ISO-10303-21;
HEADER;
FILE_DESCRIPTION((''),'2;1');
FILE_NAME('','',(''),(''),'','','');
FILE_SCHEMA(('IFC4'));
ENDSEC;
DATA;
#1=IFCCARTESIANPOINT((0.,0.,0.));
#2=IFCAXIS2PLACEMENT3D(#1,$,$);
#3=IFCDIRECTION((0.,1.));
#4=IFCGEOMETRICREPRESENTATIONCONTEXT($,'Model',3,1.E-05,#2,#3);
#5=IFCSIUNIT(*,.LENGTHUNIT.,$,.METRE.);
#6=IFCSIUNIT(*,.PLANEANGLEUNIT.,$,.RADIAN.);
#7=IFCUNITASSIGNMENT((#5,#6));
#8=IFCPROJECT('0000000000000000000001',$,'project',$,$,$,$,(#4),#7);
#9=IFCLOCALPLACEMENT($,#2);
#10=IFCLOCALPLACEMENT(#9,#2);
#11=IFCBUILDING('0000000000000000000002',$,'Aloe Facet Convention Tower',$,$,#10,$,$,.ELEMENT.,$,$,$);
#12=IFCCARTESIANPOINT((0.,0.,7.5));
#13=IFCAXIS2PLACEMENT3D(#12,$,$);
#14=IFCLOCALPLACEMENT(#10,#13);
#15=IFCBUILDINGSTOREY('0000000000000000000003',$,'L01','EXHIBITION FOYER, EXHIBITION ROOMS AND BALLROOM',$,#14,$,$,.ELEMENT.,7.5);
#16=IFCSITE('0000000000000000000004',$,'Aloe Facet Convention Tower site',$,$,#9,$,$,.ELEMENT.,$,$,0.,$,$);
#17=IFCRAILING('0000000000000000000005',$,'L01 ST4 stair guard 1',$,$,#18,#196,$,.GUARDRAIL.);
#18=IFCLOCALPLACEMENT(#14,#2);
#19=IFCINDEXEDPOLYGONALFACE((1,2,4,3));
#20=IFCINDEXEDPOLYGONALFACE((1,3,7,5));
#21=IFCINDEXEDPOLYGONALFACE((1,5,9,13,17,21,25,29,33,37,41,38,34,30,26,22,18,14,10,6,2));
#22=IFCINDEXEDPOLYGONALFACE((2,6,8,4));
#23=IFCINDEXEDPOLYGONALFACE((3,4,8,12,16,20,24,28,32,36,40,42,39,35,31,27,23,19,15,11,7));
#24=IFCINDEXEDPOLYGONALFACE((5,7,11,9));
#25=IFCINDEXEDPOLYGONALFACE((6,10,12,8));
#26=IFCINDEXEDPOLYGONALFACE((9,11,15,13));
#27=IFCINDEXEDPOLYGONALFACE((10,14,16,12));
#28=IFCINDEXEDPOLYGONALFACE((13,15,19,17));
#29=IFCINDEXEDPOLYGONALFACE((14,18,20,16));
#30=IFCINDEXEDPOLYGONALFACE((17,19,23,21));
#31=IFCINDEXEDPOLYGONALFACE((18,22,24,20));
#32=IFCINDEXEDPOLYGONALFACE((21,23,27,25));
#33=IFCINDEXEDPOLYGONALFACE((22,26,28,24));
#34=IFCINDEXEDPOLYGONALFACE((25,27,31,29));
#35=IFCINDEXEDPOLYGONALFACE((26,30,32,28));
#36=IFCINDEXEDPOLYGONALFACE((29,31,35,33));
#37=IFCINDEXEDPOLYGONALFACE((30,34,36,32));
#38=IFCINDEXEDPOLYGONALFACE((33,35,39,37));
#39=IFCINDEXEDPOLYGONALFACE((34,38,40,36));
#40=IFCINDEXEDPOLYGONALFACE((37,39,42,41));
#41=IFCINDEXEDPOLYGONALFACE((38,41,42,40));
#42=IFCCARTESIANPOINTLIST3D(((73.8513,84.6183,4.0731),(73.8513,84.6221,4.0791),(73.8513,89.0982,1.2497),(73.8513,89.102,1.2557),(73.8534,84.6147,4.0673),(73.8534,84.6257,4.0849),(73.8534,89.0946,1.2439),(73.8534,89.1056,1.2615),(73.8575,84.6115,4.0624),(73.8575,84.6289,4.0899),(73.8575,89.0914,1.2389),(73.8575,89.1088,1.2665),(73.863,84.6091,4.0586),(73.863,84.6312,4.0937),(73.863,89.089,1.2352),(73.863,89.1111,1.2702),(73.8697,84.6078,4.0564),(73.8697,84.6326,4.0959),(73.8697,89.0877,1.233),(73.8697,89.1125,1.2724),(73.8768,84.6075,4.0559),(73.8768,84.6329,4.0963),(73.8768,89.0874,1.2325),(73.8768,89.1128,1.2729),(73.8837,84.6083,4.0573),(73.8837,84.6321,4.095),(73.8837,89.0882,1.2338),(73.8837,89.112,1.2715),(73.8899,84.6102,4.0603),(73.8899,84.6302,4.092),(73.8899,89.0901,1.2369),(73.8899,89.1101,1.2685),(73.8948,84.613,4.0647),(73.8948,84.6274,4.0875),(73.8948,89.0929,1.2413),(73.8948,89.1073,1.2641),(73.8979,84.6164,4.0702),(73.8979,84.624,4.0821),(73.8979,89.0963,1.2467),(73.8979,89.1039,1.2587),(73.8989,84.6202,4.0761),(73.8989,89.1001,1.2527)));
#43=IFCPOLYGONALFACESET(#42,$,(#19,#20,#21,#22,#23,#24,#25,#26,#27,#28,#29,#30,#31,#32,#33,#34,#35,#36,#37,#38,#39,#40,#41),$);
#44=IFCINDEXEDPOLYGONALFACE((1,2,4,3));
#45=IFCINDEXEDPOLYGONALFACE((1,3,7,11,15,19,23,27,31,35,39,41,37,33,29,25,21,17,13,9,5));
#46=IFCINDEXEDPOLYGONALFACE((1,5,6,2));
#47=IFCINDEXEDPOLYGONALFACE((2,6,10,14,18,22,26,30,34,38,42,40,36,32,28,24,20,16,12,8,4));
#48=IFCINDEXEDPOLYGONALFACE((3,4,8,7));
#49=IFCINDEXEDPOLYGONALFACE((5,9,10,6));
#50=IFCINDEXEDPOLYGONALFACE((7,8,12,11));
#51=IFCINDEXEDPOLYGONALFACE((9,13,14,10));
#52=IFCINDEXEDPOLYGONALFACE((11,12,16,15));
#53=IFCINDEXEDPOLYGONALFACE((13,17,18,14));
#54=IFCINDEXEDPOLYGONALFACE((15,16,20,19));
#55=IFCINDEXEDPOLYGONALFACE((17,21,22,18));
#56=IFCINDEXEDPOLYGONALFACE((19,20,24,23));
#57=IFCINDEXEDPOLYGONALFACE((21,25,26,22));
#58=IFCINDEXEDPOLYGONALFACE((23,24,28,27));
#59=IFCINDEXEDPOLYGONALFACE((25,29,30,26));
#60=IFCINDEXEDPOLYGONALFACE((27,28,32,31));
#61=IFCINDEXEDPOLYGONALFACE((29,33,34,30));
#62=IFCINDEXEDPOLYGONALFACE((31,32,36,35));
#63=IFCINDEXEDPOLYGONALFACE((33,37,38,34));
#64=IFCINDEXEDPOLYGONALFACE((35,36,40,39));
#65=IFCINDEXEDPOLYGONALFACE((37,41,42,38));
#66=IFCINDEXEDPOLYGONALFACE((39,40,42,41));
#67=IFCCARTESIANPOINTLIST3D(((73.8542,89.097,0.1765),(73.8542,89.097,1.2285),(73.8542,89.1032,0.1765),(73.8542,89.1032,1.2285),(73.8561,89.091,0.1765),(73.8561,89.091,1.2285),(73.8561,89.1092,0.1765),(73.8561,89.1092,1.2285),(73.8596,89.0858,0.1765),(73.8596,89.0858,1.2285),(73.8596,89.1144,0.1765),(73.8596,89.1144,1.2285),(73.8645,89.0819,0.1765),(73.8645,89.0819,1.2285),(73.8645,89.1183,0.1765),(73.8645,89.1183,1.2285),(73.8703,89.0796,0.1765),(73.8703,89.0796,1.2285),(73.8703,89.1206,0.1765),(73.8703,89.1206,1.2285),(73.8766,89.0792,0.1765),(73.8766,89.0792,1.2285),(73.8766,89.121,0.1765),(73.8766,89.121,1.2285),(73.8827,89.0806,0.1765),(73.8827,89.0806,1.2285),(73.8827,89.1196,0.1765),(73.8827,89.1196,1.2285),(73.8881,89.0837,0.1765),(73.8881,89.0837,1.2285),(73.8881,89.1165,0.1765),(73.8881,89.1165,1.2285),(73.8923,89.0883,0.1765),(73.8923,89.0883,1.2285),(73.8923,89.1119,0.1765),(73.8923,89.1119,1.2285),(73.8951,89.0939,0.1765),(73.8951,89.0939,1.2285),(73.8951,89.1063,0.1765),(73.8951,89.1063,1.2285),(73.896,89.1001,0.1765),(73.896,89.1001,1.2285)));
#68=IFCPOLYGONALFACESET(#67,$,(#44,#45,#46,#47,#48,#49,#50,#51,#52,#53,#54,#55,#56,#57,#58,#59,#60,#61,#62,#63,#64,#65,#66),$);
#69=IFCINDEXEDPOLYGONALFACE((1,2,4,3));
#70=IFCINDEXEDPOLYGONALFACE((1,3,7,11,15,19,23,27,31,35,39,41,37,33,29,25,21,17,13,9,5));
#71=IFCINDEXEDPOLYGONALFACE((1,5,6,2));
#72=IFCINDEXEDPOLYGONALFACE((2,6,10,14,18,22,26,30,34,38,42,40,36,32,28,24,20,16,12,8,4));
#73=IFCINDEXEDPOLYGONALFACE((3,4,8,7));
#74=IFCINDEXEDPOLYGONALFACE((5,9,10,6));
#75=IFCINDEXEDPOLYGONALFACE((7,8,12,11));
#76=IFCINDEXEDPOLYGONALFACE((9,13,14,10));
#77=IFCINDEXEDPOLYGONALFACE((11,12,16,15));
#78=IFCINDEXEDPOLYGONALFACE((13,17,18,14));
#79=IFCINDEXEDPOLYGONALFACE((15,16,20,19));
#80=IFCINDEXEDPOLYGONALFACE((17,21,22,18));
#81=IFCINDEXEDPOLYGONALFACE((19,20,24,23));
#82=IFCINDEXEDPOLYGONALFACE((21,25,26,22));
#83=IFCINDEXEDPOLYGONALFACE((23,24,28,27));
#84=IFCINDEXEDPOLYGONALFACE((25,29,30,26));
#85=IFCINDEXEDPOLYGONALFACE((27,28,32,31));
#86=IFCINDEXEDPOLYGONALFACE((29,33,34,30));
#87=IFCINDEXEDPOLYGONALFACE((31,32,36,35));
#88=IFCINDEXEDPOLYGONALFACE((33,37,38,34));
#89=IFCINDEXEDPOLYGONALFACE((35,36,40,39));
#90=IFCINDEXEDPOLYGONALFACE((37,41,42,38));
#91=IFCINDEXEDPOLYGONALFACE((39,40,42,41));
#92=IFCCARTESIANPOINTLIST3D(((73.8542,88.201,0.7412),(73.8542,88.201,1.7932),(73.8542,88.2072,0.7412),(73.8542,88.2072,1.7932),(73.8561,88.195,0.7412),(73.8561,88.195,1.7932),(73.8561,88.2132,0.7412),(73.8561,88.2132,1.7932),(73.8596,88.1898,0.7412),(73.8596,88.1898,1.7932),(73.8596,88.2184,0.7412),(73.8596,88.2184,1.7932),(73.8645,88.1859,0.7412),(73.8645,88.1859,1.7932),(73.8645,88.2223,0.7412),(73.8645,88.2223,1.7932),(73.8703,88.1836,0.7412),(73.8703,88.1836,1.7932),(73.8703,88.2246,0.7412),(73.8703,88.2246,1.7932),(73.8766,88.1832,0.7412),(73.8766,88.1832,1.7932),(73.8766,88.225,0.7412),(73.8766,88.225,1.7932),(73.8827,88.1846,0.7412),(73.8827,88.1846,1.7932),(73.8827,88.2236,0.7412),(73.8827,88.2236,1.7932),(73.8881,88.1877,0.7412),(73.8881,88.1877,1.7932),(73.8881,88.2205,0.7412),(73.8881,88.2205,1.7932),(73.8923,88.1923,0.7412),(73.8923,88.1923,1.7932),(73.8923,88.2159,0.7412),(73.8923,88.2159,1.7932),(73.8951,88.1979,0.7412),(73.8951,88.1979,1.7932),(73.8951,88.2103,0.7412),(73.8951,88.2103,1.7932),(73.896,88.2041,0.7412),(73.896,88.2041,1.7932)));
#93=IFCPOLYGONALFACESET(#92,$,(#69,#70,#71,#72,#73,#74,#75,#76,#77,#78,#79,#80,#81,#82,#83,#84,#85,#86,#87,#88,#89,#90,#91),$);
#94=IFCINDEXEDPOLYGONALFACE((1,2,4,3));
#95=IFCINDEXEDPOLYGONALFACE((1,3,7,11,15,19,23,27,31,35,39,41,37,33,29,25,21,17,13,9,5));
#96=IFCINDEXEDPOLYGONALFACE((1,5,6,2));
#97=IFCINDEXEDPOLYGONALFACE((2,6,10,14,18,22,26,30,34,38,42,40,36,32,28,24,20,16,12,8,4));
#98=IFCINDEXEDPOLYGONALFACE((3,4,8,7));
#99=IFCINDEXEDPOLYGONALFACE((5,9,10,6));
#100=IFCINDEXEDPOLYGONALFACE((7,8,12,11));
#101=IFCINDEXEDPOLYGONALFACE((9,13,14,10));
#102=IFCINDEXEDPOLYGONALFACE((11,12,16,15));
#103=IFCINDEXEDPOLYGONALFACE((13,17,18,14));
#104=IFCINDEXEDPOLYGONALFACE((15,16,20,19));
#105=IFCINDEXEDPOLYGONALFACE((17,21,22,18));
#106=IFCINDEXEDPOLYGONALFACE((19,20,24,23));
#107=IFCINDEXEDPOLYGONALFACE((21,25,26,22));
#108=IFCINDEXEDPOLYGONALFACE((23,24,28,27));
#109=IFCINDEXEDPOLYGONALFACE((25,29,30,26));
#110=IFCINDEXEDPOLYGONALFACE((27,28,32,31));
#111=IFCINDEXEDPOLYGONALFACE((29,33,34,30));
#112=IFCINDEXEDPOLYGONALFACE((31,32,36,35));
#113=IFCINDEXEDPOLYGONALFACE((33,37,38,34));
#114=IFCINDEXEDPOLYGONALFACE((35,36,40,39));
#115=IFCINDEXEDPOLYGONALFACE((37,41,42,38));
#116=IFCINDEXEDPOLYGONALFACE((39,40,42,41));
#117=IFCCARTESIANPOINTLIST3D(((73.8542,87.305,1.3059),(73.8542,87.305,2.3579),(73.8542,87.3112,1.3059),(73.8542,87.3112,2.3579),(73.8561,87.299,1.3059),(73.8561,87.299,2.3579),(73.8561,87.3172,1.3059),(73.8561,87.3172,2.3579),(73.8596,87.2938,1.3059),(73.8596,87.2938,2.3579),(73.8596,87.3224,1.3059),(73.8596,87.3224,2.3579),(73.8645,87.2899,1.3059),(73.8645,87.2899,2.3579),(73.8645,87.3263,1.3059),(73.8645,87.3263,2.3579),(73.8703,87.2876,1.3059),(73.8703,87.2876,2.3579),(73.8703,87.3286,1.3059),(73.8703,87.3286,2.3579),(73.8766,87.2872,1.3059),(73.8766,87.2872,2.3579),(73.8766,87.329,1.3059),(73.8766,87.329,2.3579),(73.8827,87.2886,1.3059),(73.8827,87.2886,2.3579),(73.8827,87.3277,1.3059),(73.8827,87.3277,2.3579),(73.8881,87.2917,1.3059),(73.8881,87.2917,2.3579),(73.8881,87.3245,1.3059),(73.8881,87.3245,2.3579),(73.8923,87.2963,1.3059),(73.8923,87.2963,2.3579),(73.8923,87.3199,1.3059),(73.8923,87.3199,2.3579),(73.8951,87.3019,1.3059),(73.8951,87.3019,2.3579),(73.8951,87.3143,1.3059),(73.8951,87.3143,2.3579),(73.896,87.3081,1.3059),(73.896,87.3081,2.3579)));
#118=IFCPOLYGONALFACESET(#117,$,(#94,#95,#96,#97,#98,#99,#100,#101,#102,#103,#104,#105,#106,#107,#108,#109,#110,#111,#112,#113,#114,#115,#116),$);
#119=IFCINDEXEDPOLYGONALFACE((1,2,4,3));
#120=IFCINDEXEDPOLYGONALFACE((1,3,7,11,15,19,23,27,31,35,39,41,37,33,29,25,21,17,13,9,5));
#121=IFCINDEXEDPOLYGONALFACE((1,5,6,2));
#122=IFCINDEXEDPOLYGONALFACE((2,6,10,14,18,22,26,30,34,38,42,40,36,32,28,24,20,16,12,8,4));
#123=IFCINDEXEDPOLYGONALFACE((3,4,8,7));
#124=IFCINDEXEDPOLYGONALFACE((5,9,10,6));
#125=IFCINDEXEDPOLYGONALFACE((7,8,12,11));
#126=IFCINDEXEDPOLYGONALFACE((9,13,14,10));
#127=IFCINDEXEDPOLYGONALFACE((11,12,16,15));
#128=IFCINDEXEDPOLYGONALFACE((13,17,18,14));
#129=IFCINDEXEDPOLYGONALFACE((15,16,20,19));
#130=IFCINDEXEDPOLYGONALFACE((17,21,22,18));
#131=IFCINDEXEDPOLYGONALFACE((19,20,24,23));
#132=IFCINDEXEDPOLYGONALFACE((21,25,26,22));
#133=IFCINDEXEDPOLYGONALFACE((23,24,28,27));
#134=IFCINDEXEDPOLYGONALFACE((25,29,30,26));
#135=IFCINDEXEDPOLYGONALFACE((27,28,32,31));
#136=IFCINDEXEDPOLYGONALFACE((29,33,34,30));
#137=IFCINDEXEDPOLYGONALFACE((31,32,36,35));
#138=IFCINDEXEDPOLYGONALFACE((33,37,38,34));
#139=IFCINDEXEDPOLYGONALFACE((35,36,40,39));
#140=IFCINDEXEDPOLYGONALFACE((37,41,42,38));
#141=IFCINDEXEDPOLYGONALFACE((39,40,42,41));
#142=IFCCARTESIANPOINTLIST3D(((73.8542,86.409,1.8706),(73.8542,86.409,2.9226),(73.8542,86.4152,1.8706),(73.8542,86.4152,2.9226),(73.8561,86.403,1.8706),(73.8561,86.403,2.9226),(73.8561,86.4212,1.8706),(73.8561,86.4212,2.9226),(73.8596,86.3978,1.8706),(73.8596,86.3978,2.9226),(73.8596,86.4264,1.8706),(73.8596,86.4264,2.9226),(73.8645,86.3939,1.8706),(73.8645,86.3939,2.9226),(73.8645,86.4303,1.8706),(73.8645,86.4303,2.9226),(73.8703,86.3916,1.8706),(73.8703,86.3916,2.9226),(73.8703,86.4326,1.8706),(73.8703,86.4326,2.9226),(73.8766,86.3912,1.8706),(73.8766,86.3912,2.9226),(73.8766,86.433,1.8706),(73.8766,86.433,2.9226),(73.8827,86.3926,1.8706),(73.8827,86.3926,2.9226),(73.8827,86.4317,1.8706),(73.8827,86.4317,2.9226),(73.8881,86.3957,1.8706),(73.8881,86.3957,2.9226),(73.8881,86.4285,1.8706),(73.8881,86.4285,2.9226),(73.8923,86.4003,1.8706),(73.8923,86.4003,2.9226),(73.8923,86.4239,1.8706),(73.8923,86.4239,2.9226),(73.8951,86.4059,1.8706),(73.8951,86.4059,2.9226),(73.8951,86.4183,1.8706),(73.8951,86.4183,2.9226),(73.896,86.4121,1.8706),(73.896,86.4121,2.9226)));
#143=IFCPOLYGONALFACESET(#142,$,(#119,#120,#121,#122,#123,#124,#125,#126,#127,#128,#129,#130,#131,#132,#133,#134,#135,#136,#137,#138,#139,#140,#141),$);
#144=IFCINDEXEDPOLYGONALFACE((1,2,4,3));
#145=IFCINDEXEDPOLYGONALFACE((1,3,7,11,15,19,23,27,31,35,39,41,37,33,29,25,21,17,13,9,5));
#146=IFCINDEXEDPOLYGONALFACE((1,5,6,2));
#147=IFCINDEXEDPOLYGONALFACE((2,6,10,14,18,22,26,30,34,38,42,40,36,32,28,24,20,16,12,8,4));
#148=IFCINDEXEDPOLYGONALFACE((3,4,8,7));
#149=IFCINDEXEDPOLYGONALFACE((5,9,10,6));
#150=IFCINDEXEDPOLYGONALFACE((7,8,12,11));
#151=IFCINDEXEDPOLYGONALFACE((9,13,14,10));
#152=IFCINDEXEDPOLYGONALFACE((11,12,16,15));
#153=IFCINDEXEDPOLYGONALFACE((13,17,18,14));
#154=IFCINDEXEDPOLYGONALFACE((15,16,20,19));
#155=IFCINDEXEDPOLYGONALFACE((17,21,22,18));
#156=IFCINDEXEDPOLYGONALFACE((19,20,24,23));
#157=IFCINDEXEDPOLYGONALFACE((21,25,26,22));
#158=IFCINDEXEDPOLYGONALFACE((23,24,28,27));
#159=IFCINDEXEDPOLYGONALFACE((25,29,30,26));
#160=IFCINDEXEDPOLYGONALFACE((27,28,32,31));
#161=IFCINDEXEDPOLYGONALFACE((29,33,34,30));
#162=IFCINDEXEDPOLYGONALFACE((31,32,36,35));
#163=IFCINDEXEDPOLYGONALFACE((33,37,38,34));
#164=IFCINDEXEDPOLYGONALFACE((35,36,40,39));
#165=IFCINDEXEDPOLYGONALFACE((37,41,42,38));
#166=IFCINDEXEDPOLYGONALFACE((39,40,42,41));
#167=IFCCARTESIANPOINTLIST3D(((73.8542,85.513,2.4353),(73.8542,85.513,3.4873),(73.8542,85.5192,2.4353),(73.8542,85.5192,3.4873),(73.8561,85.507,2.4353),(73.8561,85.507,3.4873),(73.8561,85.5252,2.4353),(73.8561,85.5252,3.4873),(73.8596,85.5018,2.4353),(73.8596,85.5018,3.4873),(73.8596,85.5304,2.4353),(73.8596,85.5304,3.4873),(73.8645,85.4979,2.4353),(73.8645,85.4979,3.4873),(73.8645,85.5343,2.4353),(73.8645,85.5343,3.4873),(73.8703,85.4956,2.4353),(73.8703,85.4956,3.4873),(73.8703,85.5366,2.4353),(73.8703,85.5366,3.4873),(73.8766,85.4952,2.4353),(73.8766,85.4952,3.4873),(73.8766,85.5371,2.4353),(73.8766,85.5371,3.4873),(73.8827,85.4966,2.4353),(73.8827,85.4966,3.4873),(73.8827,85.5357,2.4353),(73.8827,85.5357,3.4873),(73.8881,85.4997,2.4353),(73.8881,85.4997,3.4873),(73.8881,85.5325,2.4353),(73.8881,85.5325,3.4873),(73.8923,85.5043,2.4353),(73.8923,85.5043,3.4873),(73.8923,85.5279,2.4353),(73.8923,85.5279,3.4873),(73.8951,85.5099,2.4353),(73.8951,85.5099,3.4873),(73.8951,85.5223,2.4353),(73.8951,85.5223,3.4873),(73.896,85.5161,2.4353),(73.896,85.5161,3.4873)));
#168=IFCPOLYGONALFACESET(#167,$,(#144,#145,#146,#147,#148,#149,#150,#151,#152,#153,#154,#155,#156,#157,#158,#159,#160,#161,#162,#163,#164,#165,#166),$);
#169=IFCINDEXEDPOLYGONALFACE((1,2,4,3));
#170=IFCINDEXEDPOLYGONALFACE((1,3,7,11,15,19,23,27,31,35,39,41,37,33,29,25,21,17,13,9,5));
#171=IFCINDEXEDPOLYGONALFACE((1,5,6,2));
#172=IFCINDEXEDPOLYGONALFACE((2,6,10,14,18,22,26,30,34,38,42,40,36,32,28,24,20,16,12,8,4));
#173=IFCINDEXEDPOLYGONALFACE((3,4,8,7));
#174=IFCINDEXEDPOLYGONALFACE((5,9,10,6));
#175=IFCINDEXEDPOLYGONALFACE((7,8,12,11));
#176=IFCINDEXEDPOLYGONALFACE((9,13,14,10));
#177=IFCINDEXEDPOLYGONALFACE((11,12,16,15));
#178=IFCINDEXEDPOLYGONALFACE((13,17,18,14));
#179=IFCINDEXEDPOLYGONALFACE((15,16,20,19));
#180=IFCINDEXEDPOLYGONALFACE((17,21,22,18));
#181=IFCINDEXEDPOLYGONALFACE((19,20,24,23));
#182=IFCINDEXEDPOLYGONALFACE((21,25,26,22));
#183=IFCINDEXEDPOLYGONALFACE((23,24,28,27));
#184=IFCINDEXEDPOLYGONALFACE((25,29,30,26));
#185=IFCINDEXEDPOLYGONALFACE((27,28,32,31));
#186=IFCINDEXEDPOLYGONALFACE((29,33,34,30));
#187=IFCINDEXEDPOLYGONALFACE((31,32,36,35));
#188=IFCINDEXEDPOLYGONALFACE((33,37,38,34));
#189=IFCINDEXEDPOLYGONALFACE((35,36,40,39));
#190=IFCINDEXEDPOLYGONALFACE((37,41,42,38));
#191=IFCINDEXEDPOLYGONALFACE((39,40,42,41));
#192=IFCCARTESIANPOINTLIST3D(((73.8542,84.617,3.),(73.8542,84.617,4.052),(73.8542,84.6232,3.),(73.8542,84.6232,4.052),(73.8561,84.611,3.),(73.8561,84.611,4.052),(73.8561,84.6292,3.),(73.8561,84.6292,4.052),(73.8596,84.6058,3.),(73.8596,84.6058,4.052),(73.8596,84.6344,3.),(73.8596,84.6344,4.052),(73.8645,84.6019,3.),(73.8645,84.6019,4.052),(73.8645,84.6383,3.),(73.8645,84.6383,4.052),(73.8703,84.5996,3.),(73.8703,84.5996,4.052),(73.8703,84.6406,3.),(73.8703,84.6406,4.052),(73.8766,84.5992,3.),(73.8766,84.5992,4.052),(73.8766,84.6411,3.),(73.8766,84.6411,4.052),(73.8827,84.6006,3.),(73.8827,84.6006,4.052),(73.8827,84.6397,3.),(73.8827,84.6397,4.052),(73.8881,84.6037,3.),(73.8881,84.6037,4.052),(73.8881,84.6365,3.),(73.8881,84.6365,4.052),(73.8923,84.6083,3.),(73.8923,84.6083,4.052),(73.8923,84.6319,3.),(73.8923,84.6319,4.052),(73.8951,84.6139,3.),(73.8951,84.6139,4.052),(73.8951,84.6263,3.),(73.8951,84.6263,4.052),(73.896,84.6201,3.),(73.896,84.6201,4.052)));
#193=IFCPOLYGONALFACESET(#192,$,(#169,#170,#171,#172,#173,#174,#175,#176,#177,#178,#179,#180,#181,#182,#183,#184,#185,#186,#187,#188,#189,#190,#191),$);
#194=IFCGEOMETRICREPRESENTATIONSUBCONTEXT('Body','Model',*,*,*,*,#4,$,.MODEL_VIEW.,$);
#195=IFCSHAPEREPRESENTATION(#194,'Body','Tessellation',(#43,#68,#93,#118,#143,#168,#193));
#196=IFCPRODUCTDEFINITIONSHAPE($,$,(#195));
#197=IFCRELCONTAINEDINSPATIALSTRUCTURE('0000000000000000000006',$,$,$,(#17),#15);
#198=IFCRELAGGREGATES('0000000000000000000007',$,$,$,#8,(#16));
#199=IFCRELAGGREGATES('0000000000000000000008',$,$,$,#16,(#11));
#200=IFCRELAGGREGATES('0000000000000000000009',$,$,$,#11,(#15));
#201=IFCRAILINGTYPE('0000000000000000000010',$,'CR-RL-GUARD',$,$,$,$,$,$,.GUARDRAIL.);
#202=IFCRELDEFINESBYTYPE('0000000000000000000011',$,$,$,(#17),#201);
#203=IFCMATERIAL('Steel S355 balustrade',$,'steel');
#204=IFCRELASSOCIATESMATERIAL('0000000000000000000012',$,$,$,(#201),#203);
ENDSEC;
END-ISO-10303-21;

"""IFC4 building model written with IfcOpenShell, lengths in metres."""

from ifc_helpers import new_model, si_unit, direction, frame, origin, origin_2d, place, context, subcontext, project, spatial, circle, extrude, material, type_object, element, save


model = new_model("IFC4")

# Units and contexts
model_context = context("Model", 3, precision=1e-05, world=origin(), true_north=direction((0.0, 1.0)))
body_context = subcontext(model_context, "Body", "Model", "MODEL_VIEW")
ifc_project = project(units=[si_unit("LENGTHUNIT", "METRE"), si_unit("PLANEANGLEUNIT", "RADIAN")], contexts=[model_context])

# Site, building, storey
site_placement = place(None, origin())
site = spatial("IfcSite", under=ifc_project, at=site_placement, Name="Aloe Facet Convention Tower site", CompositionType="ELEMENT", RefElevation=0.0)
building_placement = place(site_placement, origin())
building = spatial("IfcBuilding", under=site, at=building_placement, Name="Aloe Facet Convention Tower", CompositionType="ELEMENT")
storey_placement = place(building_placement, frame((0.0, 0.0, 7.5)))
storey = spatial("IfcBuildingStorey", under=building, at=storey_placement, Name="L01", Description="EXHIBITION FOYER, EXHIBITION ROOMS AND BALLROOM", CompositionType="ELEMENT", Elevation=7.5)

# Railing
ifc_material_1 = material(Name="Steel S355 balustrade", Category="steel")
railing_type = type_object("IfcRailingType", Name="CR-RL-GUARD", PredefinedType="GUARDRAIL", material=ifc_material_1)
railing_1_placement = place(storey_placement, frame((73.875, 89.1001, 0.1765)))
element("IfcRailing", 1, at=railing_1_placement, inside=storey, type_object=railing_type, Name="L01 ST4 stair guard 1", PredefinedType="GUARDRAIL", context=body_context, shape_type="SweptSolid", body=[
    extrude(circle(Radius=0.0239, at=origin_2d()), frame((0.0, 0.0, 1.0762), z_axis=(0.0, -0.845998, 0.533186), x_axis=(1.0, 0.0, 0.0)), (0.0, 0.0, 1.0), 5.2954),
    extrude(circle(Radius=0.021, at=origin_2d()), origin(), (0.0, 0.0, 1.0), 1.052),
    extrude(circle(Radius=0.021, at=origin_2d()), frame((0.0, -0.896, 0.5647)), (0.0, 0.0, 1.0), 1.052),
    extrude(circle(Radius=0.021, at=origin_2d()), frame((0.0, -1.792, 1.1294)), (0.0, 0.0, 1.0), 1.052),
    extrude(circle(Radius=0.021, at=origin_2d()), frame((0.0, -2.688, 1.6941)), (0.0, 0.0, 1.0), 1.052),
    extrude(circle(Radius=0.021, at=origin_2d()), frame((0.0, -3.584, 2.2588)), (0.0, 0.0, 1.0), 1.052),
    extrude(circle(Radius=0.021, at=origin_2d()), frame((0.0, -4.48, 2.8235)), (0.0, 0.0, 1.0), 1.052),
])

save(model, "model.ifc")
